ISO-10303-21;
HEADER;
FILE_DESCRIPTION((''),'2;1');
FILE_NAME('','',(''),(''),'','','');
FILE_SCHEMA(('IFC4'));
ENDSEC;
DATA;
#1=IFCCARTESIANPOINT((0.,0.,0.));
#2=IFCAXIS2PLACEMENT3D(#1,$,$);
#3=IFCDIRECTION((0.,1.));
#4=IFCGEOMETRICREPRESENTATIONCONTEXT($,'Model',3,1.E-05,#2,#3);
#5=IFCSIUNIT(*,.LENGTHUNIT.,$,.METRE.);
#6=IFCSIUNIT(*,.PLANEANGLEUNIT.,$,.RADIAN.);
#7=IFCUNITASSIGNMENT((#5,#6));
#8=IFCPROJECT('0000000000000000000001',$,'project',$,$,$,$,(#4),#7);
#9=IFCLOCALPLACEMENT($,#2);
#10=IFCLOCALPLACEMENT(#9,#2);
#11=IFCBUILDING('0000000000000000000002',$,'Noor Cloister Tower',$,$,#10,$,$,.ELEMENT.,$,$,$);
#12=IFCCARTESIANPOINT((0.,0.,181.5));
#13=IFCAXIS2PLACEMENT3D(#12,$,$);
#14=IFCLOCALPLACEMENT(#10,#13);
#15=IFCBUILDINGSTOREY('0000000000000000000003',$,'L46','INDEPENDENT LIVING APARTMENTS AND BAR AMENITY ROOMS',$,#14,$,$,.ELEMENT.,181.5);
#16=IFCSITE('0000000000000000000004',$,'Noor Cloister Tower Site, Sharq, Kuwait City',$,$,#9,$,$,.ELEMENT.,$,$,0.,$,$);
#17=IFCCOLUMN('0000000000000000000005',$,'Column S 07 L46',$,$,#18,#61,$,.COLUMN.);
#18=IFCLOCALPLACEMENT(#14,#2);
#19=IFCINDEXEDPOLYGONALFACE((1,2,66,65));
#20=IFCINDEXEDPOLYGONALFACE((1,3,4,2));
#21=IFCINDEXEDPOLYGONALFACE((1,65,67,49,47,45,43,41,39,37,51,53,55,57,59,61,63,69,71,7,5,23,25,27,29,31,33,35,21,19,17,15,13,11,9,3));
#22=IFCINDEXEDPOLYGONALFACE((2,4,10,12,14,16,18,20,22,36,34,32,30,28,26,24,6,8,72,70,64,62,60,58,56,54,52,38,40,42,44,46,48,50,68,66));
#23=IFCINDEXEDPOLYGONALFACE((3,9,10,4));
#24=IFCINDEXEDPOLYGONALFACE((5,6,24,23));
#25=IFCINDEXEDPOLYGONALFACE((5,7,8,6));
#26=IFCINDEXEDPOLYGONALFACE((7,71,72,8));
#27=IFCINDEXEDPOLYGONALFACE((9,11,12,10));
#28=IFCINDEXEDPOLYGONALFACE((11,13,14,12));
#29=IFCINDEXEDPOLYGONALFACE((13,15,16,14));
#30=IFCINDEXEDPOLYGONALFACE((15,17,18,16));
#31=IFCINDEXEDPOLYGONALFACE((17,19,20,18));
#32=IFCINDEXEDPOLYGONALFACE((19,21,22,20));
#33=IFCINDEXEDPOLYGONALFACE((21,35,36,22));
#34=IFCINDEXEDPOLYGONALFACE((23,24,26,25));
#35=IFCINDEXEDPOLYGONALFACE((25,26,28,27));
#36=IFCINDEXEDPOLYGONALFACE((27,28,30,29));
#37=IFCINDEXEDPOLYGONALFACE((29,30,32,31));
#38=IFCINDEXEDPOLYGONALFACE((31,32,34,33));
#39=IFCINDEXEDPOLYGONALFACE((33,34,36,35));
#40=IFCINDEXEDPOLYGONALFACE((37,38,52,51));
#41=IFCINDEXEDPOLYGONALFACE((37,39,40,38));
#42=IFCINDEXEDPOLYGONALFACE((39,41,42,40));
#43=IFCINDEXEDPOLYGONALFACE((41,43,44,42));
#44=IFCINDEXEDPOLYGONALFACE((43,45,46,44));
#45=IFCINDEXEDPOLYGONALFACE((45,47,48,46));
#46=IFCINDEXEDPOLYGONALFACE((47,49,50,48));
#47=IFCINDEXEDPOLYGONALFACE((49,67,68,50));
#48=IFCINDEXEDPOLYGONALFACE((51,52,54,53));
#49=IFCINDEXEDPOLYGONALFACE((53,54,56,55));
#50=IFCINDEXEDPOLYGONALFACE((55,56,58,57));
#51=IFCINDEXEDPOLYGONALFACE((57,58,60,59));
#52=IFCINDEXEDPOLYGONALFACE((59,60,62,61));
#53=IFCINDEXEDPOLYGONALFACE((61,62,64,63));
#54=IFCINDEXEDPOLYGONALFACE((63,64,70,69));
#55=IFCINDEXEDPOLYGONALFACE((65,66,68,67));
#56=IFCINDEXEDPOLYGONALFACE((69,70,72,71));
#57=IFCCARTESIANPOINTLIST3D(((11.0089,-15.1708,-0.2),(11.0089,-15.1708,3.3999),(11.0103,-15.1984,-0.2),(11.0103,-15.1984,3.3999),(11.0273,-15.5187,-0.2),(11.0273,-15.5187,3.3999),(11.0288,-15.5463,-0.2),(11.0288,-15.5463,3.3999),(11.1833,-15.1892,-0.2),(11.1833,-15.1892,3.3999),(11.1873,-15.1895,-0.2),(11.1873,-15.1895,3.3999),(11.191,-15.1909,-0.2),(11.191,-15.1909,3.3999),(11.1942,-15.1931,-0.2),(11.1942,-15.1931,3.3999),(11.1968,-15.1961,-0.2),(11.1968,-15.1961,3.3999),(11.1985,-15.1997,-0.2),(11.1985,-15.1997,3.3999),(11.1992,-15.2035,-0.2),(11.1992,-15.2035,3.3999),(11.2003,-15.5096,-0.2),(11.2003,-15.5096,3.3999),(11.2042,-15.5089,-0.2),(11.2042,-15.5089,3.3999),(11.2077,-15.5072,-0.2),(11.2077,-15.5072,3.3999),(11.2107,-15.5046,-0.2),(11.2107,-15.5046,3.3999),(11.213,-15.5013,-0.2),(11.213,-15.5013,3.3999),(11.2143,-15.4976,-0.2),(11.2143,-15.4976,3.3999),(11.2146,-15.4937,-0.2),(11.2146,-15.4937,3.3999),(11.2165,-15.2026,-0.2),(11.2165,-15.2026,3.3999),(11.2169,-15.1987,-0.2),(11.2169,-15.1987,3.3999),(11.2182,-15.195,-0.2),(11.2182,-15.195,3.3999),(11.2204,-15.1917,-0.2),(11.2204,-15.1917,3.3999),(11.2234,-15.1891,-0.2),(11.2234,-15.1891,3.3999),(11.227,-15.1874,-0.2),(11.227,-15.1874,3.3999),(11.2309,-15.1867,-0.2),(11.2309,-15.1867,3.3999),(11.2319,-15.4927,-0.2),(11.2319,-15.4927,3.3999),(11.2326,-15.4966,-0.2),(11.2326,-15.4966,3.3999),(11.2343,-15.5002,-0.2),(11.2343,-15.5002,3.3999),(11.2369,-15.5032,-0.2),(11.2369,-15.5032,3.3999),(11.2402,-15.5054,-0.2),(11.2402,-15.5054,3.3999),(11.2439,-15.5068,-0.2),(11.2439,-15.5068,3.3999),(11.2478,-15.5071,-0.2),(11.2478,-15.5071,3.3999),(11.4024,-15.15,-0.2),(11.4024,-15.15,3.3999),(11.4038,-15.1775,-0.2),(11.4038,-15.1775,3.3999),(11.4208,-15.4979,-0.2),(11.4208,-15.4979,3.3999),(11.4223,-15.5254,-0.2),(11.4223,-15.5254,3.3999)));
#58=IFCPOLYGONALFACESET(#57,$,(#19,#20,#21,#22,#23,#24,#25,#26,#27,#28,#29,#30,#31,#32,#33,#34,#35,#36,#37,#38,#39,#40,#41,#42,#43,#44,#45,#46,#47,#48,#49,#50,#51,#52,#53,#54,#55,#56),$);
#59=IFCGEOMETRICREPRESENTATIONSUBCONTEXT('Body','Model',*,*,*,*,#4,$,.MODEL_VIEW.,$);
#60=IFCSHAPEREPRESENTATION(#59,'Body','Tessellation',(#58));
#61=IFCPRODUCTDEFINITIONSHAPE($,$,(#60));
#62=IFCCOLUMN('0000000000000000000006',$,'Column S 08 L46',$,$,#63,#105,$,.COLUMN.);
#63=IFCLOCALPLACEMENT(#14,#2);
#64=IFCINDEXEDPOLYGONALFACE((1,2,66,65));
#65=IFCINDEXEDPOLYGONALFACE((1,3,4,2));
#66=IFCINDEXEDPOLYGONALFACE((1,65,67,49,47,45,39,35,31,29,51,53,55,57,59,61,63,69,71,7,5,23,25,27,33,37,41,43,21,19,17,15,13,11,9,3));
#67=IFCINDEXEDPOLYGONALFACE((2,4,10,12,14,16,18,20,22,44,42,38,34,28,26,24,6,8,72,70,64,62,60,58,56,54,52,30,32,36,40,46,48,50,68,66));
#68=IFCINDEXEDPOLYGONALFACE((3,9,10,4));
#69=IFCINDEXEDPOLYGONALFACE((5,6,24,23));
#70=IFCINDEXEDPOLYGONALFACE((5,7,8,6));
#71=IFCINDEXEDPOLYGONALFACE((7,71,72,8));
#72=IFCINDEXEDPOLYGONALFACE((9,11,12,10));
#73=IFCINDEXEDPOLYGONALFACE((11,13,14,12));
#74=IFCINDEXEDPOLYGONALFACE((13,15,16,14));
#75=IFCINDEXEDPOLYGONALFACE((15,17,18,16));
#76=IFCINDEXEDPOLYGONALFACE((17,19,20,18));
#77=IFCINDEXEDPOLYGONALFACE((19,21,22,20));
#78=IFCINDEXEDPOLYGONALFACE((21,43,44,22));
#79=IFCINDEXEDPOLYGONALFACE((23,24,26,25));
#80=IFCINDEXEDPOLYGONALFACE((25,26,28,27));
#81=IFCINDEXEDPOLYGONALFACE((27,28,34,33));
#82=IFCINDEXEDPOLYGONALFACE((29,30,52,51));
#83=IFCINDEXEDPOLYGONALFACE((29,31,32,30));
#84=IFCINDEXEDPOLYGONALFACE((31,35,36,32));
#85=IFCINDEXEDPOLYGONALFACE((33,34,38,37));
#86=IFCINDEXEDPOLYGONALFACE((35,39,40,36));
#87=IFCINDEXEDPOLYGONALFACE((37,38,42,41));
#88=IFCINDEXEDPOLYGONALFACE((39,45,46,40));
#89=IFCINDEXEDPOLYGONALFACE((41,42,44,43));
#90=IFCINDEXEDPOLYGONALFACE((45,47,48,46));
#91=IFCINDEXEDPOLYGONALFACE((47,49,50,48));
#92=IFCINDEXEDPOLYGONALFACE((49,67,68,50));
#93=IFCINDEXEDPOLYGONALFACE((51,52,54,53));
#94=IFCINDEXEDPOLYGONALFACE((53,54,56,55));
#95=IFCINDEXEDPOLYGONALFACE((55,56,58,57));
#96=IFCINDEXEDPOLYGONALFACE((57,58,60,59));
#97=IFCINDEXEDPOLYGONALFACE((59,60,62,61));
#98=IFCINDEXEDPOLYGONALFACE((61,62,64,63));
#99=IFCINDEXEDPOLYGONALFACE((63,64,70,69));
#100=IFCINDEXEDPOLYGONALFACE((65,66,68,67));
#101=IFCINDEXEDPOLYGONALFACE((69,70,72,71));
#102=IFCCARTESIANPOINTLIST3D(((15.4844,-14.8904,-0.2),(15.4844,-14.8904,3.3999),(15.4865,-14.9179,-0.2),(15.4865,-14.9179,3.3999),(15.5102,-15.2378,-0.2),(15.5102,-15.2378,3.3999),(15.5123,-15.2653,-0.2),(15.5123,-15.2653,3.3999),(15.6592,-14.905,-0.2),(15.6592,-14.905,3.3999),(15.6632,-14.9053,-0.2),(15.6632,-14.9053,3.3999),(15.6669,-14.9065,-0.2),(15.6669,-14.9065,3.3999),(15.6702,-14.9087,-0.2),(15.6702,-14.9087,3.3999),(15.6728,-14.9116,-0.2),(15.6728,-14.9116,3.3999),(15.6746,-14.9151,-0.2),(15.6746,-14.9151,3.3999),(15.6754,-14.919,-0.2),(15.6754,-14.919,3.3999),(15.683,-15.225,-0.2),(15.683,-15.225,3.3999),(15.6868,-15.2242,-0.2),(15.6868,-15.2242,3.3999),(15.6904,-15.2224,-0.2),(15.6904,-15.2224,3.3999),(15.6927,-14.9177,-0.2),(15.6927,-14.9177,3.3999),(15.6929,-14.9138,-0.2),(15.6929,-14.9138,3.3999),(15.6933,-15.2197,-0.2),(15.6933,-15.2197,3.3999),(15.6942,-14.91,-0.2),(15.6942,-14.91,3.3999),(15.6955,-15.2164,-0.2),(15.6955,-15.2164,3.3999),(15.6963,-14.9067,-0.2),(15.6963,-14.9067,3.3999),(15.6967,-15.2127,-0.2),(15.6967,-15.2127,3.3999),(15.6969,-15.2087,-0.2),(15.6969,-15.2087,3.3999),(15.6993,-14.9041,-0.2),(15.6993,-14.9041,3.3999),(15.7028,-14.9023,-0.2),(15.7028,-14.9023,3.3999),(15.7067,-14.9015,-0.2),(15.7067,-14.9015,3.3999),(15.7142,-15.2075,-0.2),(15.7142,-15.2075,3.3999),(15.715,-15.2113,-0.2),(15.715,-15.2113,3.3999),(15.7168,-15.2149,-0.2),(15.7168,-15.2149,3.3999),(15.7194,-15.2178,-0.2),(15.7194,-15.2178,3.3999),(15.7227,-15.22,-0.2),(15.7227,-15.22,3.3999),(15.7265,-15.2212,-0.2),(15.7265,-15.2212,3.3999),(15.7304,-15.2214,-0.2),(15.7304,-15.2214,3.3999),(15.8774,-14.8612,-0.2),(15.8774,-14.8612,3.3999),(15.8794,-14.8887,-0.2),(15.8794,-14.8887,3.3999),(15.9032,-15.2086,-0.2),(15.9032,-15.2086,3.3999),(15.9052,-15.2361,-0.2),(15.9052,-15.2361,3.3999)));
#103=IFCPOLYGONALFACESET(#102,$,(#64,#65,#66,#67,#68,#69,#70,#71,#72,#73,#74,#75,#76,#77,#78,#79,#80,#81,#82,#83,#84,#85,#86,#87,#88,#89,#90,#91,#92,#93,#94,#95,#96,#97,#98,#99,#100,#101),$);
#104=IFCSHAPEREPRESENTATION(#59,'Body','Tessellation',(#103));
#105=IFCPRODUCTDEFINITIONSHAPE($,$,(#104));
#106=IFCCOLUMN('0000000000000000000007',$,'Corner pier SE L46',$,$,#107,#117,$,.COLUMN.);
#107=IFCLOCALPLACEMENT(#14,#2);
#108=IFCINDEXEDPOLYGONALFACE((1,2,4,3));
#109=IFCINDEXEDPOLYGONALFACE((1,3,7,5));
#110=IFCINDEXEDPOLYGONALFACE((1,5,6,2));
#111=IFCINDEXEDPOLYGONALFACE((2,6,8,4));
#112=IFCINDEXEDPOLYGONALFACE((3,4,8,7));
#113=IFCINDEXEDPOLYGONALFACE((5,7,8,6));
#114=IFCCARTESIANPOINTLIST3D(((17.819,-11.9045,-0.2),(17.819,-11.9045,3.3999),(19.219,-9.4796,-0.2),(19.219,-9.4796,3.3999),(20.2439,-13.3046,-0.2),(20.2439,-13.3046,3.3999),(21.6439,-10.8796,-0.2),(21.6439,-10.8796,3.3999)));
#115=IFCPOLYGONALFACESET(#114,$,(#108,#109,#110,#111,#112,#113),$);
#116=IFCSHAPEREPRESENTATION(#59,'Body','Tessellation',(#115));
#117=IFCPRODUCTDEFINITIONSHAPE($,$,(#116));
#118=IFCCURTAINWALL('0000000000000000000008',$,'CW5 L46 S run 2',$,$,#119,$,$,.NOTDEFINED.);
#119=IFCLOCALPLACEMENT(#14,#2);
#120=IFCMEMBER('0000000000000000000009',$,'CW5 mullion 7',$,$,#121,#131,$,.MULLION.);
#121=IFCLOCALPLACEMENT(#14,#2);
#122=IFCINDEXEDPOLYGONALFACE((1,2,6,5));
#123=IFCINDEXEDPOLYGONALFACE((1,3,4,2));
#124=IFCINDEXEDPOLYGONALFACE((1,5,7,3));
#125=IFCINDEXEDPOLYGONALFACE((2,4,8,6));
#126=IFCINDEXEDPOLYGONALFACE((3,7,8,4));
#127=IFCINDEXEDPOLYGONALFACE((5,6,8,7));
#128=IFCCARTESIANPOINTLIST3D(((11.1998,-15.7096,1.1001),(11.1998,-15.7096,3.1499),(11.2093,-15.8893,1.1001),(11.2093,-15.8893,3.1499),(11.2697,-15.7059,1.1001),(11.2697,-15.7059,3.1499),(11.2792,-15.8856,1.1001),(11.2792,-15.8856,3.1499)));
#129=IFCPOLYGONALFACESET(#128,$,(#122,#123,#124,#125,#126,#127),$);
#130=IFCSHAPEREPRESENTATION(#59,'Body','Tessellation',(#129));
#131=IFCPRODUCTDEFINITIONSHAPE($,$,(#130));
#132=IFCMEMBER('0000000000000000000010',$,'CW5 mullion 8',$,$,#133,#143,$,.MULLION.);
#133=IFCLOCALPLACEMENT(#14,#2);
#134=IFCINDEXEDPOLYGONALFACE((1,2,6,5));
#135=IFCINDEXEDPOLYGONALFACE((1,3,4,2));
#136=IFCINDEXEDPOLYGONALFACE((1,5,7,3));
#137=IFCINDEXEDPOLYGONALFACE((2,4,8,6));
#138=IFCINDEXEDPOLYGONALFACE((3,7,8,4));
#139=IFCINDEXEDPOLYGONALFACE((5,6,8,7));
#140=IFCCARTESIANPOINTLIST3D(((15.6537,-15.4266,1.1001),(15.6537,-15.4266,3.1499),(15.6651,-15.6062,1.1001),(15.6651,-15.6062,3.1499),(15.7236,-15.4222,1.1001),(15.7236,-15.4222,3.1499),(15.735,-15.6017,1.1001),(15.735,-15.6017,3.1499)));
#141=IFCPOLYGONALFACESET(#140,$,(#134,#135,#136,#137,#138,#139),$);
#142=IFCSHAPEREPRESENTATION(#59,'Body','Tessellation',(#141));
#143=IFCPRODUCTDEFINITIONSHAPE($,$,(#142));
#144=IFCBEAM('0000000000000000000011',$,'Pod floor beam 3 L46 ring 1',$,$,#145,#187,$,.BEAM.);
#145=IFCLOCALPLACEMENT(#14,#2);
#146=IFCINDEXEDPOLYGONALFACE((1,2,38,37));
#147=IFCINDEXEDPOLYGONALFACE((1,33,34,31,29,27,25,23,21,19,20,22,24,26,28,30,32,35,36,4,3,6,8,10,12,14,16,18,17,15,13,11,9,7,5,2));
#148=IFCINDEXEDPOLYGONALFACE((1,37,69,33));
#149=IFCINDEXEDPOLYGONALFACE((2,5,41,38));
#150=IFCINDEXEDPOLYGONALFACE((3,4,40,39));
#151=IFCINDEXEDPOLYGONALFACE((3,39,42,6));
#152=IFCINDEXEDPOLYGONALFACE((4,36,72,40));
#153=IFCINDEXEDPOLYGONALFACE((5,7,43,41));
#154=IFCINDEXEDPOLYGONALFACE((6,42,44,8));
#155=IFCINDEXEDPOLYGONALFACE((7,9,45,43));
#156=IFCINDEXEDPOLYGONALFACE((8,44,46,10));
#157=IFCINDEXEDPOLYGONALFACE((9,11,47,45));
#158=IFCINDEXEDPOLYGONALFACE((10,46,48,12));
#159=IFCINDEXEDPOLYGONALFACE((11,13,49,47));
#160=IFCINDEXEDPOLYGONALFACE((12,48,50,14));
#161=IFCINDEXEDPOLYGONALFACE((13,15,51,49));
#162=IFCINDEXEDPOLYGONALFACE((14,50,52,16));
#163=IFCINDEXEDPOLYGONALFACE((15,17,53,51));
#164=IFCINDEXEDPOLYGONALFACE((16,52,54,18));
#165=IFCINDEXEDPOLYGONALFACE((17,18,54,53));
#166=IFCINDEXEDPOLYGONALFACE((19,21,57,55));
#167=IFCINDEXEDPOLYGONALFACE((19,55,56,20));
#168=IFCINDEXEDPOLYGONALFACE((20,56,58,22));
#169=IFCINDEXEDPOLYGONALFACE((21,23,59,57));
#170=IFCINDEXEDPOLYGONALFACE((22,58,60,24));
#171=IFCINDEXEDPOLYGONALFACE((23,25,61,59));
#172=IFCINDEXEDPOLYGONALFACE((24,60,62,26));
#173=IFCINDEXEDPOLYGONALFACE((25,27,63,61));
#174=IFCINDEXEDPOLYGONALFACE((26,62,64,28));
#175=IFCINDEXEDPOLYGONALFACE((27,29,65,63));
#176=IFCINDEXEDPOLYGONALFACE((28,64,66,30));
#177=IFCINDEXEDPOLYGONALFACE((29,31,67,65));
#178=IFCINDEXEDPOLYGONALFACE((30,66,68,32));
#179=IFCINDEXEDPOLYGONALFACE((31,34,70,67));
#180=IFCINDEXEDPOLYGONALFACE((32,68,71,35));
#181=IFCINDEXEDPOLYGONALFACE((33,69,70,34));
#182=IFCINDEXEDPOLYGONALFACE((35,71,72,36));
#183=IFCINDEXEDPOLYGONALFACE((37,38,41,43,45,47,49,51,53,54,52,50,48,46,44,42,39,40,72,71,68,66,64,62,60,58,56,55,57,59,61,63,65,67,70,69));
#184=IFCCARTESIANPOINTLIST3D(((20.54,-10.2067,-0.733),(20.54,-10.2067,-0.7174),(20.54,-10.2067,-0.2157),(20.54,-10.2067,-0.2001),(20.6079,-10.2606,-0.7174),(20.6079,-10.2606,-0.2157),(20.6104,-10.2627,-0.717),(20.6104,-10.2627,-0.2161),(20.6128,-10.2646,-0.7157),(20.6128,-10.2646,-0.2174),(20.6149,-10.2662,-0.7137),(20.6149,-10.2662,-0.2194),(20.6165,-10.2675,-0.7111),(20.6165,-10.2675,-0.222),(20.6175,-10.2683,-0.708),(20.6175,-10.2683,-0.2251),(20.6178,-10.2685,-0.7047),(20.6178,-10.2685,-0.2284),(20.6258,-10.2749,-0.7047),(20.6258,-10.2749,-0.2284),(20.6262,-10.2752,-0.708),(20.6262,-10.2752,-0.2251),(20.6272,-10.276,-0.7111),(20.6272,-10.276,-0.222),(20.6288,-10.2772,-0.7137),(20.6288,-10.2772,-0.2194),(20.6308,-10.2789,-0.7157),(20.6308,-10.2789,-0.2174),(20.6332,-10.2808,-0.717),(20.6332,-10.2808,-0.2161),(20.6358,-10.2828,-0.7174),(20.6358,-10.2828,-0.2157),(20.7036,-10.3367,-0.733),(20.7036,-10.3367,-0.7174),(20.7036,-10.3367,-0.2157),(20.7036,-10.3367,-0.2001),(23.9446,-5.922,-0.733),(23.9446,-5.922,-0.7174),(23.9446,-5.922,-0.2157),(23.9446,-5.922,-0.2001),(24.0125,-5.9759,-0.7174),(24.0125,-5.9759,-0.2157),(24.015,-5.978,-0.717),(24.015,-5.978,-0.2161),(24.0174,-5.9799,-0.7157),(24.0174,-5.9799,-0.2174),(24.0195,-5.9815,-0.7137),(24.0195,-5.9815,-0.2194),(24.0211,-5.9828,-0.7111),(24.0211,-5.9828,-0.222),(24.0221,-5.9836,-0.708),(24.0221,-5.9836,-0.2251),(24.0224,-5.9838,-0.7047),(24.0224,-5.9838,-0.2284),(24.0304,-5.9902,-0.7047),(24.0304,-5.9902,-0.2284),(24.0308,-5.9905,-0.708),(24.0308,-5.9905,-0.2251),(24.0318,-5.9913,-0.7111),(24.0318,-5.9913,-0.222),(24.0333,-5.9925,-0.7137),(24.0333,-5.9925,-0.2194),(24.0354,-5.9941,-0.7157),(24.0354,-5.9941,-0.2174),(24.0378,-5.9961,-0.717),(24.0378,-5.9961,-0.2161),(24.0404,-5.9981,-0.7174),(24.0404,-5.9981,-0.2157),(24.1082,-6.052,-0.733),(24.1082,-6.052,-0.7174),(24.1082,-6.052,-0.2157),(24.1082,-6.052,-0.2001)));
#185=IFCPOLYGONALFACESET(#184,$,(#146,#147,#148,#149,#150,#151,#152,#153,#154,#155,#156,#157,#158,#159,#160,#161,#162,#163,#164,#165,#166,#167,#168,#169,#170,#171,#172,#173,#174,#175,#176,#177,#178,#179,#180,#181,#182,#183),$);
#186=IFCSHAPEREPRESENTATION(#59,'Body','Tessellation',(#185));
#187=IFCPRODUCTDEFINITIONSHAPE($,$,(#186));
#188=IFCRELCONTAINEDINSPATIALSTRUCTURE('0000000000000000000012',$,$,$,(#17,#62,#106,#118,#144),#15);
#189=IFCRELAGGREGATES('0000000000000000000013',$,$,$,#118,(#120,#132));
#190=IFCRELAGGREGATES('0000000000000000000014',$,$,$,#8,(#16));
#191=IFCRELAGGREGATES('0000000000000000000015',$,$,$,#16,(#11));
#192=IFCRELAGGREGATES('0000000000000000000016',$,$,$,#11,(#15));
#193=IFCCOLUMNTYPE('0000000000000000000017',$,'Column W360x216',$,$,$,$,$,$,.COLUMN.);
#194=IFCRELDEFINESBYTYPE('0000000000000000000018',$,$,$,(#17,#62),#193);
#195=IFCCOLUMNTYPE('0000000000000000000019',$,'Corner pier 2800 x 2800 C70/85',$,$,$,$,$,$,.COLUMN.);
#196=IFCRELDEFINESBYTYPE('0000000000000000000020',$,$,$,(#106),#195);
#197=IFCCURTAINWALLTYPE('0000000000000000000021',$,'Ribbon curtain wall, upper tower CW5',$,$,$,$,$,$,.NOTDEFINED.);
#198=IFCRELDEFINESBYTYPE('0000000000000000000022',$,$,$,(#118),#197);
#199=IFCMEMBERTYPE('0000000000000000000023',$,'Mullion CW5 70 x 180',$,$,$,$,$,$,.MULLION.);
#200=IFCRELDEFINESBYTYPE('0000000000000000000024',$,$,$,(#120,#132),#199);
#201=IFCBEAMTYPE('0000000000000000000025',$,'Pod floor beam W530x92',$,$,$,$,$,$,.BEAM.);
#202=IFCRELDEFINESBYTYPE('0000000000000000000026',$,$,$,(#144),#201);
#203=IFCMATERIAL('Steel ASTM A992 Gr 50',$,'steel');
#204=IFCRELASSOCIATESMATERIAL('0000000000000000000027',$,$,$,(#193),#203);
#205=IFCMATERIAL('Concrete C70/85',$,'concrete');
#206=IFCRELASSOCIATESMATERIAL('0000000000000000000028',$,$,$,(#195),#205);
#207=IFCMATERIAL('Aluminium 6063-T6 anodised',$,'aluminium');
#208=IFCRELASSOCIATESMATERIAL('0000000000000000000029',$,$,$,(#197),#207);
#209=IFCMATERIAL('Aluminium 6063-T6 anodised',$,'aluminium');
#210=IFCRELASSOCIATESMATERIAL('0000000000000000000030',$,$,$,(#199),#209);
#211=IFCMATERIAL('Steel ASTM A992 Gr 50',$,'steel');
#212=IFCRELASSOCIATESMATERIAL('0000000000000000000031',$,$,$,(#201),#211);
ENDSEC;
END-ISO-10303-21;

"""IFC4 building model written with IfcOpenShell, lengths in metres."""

from ifc_helpers import new_model, si_unit, direction, frame, origin, origin_2d, place, context, subcontext, project, spatial, rectangle, i_section, extrude, material, material_profile, profile_set, type_object, element, aggregate, save


model = new_model("IFC4")

# Units and contexts
model_context = context("Model", 3, precision=1e-05, world=origin(), true_north=direction((0.0, 1.0)))
body_context = subcontext(model_context, "Body", "Model", "MODEL_VIEW")
ifc_project = project(units=[si_unit("LENGTHUNIT", "METRE"), si_unit("PLANEANGLEUNIT", "RADIAN")], contexts=[model_context])

# Site, building, storey
site_placement = place(None, origin())
site = spatial("IfcSite", under=ifc_project, at=site_placement, Name="Noor Cloister Tower Site, Sharq, Kuwait City", CompositionType="ELEMENT", RefElevation=0.0)
building_placement = place(site_placement, origin())
building = spatial("IfcBuilding", under=site, at=building_placement, Name="Noor Cloister Tower", CompositionType="ELEMENT")
storey_placement = place(building_placement, frame((0.0, 0.0, 181.5)))
storey = spatial("IfcBuildingStorey", under=building, at=storey_placement, Name="L46", Description="INDEPENDENT LIVING APARTMENTS AND BAR AMENITY ROOMS", CompositionType="ELEMENT", Elevation=181.5)

# Columns
ifc_material_1 = material(Name="Steel ASTM A992 Gr 50", Category="steel")
ifc_material_profile_1 = material_profile(ifc_material_1, i_section(OverallWidth=0.394, OverallDepth=0.376, WebThickness=0.0173, FlangeThickness=0.0276, FilletRadius=0.0151, at=origin_2d()), Name="W360x216")
ifc_profile_set_1 = profile_set([ifc_material_profile_1], Name="Steel ASTM A992 Gr 50")
column_type_1 = type_object("IfcColumnType", Name="Column W360x216", PredefinedType="COLUMN", material=ifc_profile_set_1)
for number, where, z_axis, x_axis, name in (
    (1, (11.2156, -15.3481, -0.2), (0.0, 0.0, 1.0), (0.998598, 0.052929, 0.0), "Column S 07 L46"),
    (2, (15.6948, -15.0632, -0.2), (0.0, 0.0, 1.0), (0.997253, 0.074068, 0.0), "Column S 08 L46"),
):
    element("IfcColumn", number, at=place(storey_placement, frame(where, z_axis=z_axis, x_axis=x_axis)), inside=storey, type_object=column_type_1, Name=name, PredefinedType="COLUMN", context=body_context, shape_type="SweptSolid", body=[
        extrude(i_section(OverallWidth=0.394, OverallDepth=0.376, WebThickness=0.0173, FlangeThickness=0.0276, FilletRadius=0.0151, at=origin_2d()), origin(), (0.0, 0.0, 1.0), 3.5999),
    ])
ifc_material_2 = material(Name="Concrete C70/85", Category="concrete")
ifc_material_profile_2 = material_profile(ifc_material_2, rectangle(XDim=2.8, YDim=2.8, at=origin_2d()), Name="RC 2800x2800")
ifc_profile_set_2 = profile_set([ifc_material_profile_2], Name="Concrete C70/85")
column_type_2 = type_object("IfcColumnType", Name="Corner pier 2800 x 2800 C70/85", PredefinedType="COLUMN", material=ifc_profile_set_2)
column_placement = place(storey_placement, frame((19.7314, -11.3921, -0.2), z_axis=(0.0, 0.0, 1.0), x_axis=(0.866025, -0.5, 0.0)))
element("IfcColumn", 3, at=column_placement, inside=storey, type_object=column_type_2, Name="Corner pier SE L46", PredefinedType="COLUMN", context=body_context, shape_type="SweptSolid", body=[
    extrude(rectangle(XDim=2.8, YDim=2.8, at=origin_2d()), origin(), (0.0, 0.0, 1.0), 3.5999),
])

# Curtain wall, members
ifc_material_3 = material(Name="Aluminium 6063-T6 anodised", Category="aluminium")
curtain_wall_type = type_object("IfcCurtainWallType", Name="Ribbon curtain wall, upper tower CW5", PredefinedType="NOTDEFINED", material=ifc_material_3)
curtain_wall_placement = place(storey_placement, origin())
curtain_wall = element("IfcCurtainWall", 4, at=curtain_wall_placement, inside=storey, type_object=curtain_wall_type, Name="CW5 L46 S run 2", PredefinedType="NOTDEFINED")
ifc_material_4 = material(Name="Aluminium 6063-T6 anodised", Category="aluminium")
ifc_material_profile_3 = material_profile(ifc_material_4, rectangle(XDim=0.1799, YDim=0.0701, at=origin_2d()), Name="180 x 70 mullion")
ifc_profile_set_3 = profile_set([ifc_material_profile_3], Name="Aluminium 6063-T6 anodised")
member_type = type_object("IfcMemberType", Name="Mullion CW5 70 x 180", PredefinedType="MULLION", material=ifc_profile_set_3)
member_1_placement = place(storey_placement, frame((11.2395, -15.7976, 1.1001), z_axis=(0.0, 0.0, 1.0), x_axis=(-0.052929, 0.998598, 0.0)))
member_1 = element("IfcMember", 5, at=member_1_placement, type_object=member_type, Name="CW5 mullion 7", PredefinedType="MULLION", context=body_context, shape_type="SweptSolid", body=[
    extrude(rectangle(XDim=0.1799, YDim=0.0701, at=origin_2d()), origin(), (0.0, 0.0, 1.0), 2.0498),
])
member_2_placement = place(storey_placement, frame((15.6943, -15.5142, 1.1001), z_axis=(0.0, 0.0, 1.0), x_axis=(-0.063502, 0.997982, 0.0)))
member_2 = element("IfcMember", 6, at=member_2_placement, type_object=member_type, Name="CW5 mullion 8", PredefinedType="MULLION", context=body_context, shape_type="SweptSolid", body=[
    extrude(rectangle(XDim=0.1799, YDim=0.0701, at=origin_2d()), origin(), (0.0, 0.0, 1.0), 2.0498),
])

# Beam
ifc_material_5 = material(Name="Steel ASTM A992 Gr 50", Category="steel")
ifc_material_profile_4 = material_profile(ifc_material_5, i_section(OverallWidth=0.209, OverallDepth=0.533, WebThickness=0.0103, FlangeThickness=0.0156, FilletRadius=0.0127, at=origin_2d()), Name="W530x92")
ifc_profile_set_4 = profile_set([ifc_material_profile_4], Name="Steel ASTM A992 Gr 50")
beam_type_1 = type_object("IfcBeamType", Name="Pod floor beam W530x92", PredefinedType="BEAM", material=ifc_profile_set_4)
for number, where, z_axis, x_axis, name in (
    (7, (20.6218, -10.2717, -0.4666), (0.622107, 0.782932, 0.0), (-0.782932, 0.622107, 0.0), "Pod floor beam 3 L46 ring 1"),
):
    element("IfcBeam", number, at=place(storey_placement, frame(where, z_axis=z_axis, x_axis=x_axis)), inside=storey, type_object=beam_type_1, Name=name, PredefinedType="BEAM", context=body_context, shape_type="SweptSolid", body=[
        extrude(i_section(OverallWidth=0.209, OverallDepth=0.533, WebThickness=0.0103, FlangeThickness=0.0156, FilletRadius=0.0127, at=origin_2d()), origin(), (0.0, 0.0, 1.0), 5.4727),
    ])

aggregate(curtain_wall, [member_1, member_2])

save(model, "model.ifc")
